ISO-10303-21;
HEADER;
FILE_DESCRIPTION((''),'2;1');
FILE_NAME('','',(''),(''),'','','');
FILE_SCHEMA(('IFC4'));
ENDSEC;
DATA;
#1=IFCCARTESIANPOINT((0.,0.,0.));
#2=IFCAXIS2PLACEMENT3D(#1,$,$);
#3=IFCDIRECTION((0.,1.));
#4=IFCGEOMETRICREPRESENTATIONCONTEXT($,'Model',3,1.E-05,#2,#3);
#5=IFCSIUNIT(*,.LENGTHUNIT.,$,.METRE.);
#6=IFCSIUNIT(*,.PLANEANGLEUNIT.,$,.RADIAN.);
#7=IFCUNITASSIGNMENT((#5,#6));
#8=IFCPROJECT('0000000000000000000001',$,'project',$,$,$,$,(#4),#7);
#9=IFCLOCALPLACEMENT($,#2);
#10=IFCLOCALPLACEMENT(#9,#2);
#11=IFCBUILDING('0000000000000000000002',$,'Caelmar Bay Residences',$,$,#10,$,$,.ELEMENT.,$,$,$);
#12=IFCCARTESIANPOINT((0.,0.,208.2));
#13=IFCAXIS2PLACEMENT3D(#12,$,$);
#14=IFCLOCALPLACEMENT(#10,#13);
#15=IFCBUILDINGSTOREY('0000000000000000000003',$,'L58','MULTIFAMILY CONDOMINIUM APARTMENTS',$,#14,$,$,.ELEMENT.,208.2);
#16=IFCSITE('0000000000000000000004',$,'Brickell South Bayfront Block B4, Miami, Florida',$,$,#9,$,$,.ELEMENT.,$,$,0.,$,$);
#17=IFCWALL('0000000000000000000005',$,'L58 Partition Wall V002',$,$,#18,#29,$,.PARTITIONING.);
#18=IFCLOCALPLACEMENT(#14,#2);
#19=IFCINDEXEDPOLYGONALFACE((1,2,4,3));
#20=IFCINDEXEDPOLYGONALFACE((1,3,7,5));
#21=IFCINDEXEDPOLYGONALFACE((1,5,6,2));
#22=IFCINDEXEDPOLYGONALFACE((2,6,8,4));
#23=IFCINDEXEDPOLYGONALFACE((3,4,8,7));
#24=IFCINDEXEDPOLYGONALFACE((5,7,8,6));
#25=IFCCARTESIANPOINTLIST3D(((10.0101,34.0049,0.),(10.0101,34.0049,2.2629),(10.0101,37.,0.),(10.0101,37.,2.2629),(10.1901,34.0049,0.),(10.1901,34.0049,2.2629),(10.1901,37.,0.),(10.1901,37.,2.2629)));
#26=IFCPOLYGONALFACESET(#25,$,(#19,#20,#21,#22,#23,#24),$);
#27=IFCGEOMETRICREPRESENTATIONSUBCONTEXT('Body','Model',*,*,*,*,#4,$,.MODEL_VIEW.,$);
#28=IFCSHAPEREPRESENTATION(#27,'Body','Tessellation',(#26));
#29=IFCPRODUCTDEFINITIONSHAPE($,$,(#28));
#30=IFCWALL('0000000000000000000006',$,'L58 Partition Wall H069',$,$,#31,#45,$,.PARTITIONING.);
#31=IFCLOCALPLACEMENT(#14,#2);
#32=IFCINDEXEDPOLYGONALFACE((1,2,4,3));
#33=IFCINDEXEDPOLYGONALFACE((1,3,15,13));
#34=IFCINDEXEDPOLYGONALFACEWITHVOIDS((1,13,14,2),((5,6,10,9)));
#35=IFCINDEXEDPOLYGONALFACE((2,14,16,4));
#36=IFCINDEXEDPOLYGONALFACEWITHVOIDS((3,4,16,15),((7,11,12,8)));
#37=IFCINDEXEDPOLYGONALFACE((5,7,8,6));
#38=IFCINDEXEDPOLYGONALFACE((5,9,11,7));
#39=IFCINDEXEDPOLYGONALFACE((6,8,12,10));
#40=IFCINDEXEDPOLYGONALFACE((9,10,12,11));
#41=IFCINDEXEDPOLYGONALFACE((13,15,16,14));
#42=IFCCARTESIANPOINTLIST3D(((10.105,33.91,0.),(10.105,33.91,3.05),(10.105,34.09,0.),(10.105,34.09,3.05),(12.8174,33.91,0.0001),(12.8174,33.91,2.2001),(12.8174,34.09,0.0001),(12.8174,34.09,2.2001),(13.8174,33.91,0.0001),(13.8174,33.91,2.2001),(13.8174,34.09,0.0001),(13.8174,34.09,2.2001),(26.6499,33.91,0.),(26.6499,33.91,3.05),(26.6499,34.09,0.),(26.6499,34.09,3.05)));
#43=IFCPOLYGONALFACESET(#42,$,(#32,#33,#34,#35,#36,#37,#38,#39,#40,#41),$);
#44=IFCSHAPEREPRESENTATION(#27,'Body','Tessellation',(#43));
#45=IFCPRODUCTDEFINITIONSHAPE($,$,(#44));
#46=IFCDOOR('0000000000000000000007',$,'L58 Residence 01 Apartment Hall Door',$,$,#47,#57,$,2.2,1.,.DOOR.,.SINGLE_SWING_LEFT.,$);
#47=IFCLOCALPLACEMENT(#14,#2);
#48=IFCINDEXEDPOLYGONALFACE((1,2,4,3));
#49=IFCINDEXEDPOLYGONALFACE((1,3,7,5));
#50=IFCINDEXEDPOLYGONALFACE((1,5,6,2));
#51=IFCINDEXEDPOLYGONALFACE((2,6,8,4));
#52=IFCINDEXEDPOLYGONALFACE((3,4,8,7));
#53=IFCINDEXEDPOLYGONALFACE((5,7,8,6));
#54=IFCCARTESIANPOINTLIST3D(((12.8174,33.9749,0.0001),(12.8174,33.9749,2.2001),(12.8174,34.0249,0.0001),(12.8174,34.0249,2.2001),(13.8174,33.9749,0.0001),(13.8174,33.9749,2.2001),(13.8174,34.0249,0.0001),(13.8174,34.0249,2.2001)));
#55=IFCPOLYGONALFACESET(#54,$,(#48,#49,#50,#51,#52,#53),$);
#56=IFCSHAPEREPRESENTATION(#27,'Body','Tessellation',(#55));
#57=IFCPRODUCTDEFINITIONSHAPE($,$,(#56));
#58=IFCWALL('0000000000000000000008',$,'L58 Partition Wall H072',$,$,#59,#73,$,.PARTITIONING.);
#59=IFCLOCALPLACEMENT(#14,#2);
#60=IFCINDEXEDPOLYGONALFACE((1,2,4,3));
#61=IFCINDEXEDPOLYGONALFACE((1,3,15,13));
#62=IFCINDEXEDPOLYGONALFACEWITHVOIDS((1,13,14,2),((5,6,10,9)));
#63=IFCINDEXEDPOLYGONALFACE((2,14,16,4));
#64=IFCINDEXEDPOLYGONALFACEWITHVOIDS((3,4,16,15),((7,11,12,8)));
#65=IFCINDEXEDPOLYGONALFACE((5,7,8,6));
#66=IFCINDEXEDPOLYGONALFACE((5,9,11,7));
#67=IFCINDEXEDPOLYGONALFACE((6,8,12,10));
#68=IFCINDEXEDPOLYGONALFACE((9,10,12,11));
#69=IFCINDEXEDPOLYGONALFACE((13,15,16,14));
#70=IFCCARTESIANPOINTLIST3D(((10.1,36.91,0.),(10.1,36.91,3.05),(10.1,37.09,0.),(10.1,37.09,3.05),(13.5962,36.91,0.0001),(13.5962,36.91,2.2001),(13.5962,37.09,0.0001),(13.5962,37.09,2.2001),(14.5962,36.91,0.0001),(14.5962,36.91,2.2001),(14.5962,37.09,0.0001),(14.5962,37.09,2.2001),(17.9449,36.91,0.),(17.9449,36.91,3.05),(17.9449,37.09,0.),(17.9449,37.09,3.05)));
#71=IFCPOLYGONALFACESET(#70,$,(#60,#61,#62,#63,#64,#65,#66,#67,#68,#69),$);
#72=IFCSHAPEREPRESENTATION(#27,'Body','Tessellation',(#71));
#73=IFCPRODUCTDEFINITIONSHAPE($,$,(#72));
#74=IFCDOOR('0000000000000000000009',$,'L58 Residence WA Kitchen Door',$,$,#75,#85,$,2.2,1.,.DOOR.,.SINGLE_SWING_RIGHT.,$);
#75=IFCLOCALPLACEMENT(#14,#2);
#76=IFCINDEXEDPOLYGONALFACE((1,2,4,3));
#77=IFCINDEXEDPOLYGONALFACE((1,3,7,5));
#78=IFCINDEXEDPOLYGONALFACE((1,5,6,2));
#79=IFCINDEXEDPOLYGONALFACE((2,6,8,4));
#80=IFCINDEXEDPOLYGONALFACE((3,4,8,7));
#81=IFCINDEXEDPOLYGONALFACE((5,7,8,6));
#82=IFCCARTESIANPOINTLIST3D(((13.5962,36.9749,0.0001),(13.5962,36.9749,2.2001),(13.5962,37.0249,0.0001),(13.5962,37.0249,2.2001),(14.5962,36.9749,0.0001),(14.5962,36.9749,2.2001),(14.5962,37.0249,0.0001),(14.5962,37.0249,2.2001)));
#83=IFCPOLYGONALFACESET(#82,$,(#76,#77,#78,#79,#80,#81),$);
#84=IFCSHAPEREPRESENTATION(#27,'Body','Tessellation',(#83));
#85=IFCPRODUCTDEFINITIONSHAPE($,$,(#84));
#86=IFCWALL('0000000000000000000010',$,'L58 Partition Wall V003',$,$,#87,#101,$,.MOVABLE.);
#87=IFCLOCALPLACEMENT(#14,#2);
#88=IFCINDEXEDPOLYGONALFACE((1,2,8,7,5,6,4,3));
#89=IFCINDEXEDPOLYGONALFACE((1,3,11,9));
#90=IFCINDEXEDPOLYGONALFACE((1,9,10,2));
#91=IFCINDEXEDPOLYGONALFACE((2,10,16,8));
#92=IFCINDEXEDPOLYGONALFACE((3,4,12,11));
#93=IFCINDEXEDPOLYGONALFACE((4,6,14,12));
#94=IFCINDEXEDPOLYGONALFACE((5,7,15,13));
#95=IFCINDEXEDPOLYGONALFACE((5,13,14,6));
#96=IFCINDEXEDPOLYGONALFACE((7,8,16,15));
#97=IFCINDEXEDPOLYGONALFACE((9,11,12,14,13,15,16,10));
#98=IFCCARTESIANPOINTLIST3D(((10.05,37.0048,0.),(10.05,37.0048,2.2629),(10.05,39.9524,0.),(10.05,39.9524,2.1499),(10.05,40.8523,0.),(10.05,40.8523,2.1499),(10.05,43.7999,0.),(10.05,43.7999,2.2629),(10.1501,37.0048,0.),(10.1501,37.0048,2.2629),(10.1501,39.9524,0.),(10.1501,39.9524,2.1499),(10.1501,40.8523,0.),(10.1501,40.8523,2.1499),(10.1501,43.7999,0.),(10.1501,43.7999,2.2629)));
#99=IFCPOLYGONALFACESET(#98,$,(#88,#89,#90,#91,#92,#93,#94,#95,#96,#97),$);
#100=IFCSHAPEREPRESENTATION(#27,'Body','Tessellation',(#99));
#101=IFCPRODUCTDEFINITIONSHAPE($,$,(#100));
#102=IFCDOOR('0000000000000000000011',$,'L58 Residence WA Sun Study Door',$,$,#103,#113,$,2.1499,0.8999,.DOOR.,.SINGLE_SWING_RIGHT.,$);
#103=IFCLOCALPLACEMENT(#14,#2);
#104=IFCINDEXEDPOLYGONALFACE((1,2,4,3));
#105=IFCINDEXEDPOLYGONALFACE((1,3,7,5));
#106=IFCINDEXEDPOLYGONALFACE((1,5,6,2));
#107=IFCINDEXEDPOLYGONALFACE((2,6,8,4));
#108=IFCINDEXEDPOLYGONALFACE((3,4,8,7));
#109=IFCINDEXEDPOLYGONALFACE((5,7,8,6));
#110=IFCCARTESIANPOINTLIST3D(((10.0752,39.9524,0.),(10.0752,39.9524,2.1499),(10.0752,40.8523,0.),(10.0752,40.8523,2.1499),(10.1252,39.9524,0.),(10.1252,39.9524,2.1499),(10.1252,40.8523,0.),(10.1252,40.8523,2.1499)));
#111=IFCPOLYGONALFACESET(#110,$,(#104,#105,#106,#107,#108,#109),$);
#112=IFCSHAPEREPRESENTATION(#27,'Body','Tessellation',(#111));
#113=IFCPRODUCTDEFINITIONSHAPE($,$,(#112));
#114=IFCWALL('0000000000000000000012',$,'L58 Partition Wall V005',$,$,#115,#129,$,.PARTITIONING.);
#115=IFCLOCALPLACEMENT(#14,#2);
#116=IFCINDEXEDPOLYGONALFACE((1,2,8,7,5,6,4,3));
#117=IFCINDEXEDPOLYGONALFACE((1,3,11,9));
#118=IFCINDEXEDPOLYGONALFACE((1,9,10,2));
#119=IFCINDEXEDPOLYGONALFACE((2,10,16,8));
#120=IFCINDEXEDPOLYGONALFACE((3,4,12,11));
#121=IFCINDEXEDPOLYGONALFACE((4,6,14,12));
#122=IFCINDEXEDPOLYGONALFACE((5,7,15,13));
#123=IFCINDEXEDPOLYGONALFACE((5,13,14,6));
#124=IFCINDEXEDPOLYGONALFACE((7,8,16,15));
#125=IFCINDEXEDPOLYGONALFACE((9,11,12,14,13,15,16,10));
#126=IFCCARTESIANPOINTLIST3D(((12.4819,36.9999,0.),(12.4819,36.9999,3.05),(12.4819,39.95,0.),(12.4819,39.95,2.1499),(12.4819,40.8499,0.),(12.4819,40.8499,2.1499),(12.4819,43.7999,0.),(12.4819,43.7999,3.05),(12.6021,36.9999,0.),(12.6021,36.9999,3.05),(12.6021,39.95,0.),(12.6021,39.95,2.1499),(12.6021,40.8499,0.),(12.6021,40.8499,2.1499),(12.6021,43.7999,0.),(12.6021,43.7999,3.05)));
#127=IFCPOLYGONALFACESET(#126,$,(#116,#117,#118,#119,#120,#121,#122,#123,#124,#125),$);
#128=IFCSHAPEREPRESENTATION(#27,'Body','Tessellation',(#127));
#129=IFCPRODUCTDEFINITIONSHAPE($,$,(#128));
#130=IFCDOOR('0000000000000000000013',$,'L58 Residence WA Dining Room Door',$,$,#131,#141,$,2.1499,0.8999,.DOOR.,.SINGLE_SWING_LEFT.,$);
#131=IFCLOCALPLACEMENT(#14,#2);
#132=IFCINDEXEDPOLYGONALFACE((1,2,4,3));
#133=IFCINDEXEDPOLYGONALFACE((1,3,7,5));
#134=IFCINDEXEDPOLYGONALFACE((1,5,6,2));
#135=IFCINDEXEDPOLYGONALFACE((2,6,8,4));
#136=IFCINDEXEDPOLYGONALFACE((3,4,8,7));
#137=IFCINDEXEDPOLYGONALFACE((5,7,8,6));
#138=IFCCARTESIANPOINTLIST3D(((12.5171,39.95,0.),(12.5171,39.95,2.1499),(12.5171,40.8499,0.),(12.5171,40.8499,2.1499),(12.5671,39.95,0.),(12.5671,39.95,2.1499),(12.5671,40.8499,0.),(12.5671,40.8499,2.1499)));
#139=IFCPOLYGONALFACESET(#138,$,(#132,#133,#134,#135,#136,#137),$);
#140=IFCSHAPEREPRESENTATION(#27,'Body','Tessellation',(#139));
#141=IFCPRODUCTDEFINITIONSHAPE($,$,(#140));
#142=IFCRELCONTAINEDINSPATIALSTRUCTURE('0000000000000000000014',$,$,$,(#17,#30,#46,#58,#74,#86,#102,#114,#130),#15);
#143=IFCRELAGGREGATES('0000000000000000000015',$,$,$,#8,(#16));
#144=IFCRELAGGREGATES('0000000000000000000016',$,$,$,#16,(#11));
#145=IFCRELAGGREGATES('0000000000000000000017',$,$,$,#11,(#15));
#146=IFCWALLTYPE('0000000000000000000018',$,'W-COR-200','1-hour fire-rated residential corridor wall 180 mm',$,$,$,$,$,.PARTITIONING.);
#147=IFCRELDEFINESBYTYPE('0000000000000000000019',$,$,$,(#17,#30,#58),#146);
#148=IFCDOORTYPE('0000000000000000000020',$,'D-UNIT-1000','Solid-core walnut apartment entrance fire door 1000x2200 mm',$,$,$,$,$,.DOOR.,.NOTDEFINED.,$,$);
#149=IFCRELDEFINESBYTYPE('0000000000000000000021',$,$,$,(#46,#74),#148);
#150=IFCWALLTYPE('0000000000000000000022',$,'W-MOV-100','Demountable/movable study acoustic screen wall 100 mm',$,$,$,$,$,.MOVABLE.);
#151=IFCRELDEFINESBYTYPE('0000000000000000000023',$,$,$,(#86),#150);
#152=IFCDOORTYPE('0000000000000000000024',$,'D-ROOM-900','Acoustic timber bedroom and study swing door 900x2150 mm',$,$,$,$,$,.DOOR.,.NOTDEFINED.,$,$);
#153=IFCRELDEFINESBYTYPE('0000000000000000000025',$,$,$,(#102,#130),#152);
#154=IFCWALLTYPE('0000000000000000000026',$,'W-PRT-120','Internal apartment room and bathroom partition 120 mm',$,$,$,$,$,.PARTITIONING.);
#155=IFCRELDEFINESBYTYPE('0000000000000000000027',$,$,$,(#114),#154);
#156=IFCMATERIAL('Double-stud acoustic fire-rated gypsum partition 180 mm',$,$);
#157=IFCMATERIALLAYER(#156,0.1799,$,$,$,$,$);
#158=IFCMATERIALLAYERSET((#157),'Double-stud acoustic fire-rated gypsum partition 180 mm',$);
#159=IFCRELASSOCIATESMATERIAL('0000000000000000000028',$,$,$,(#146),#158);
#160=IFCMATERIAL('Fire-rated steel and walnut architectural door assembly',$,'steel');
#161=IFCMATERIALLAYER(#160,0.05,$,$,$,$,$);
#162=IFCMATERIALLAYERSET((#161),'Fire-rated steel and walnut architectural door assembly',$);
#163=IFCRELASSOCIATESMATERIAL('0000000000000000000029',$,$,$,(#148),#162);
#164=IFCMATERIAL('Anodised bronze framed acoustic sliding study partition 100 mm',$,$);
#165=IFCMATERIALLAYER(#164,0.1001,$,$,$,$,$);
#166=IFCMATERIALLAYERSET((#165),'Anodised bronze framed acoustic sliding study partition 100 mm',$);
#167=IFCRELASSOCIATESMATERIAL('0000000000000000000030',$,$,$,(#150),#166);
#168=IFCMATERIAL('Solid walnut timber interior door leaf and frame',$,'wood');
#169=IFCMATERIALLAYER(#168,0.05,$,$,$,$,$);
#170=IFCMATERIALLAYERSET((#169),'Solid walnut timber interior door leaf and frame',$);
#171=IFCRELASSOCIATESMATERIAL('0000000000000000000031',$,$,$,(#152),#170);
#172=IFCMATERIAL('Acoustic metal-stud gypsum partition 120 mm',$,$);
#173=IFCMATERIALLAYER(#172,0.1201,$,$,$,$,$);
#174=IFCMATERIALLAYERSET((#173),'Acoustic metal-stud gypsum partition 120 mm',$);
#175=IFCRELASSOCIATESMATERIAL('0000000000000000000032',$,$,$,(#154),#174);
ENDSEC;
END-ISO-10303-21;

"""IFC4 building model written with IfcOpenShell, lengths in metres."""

from ifc_helpers import new_model, si_unit, direction, frame, frame_2d, origin, place, context, subcontext, project, spatial, rectangle, extrude, material, layer, layer_set, type_object, element, fill, save


model = new_model("IFC4")

# Units and contexts
model_context = context("Model", 3, precision=1e-05, world=origin(), true_north=direction((0.0, 1.0)))
body_context = subcontext(model_context, "Body", "Model", "MODEL_VIEW")
ifc_project = project(units=[si_unit("LENGTHUNIT", "METRE"), si_unit("PLANEANGLEUNIT", "RADIAN")], contexts=[model_context])

# Site, building, storey
site_placement = place(None, origin())
site = spatial("IfcSite", under=ifc_project, at=site_placement, Name="Brickell South Bayfront Block B4, Miami, Florida", CompositionType="ELEMENT", RefElevation=0.0)
building_placement = place(site_placement, origin())
building = spatial("IfcBuilding", under=site, at=building_placement, Name="Caelmar Bay Residences", CompositionType="ELEMENT")
storey_placement = place(building_placement, frame((0.0, 0.0, 208.2)))
storey = spatial("IfcBuildingStorey", under=building, at=storey_placement, Name="L58", Description="MULTIFAMILY CONDOMINIUM APARTMENTS", CompositionType="ELEMENT", Elevation=208.2)

# Shared definitions
ifc_material_1 = material(Name="Fire-rated steel and walnut architectural door assembly", Category="steel")

# Wall
ifc_material_2 = material(Name="Double-stud acoustic fire-rated gypsum partition 180 mm")
ifc_layer_1 = layer(ifc_material_2, 0.1799)
ifc_layer_set_1 = layer_set([ifc_layer_1], Name="Double-stud acoustic fire-rated gypsum partition 180 mm")
wall_type_1 = type_object("IfcWallType", Name="W-COR-200", Description="1-hour fire-rated residential corridor wall 180 mm", PredefinedType="PARTITIONING", material=ifc_layer_set_1)
wall_1_placement = place(storey_placement, frame((10.1001, 34.0049, 0.0), z_axis=(0.0, 0.0, 1.0), x_axis=(0.0, 1.0, 0.0)))
element("IfcWall", 1, at=wall_1_placement, inside=storey, type_object=wall_type_1, Name="L58 Partition Wall V002", PredefinedType="PARTITIONING", context=body_context, shape_type="SweptSolid", body=[
    extrude(rectangle(XDim=2.9951, YDim=0.1799, at=frame_2d((1.4976, 0.0))), origin(), (0.0, 0.0, 1.0), 2.2629),
])

# Walls, openings, doors
wall_2_placement = place(storey_placement, frame((10.105, 34.0, 0.0), z_axis=(0.0, 0.0, 1.0), x_axis=(1.0, 0.0, 0.0)))
wall_2 = element("IfcWall", 2, at=wall_2_placement, inside=storey, type_object=wall_type_1, Name="L58 Partition Wall H069", PredefinedType="PARTITIONING", context=body_context, shape_type="SweptSolid", body=[
    extrude(rectangle(XDim=16.5449, YDim=0.1799, at=frame_2d((8.2725, 0.0))), origin(), (0.0, 0.0, 1.0), 3.05),
])
opening_1_placement = place(wall_2_placement, frame((2.7124, 0.0, 0.0)))
opening_1 = element("IfcOpeningElement", 3, at=opening_1_placement, cuts=wall_2, PredefinedType="OPENING", context=body_context, shape_type="SweptSolid", body=[
    extrude(rectangle(XDim=1.0, YDim=2.2, at=frame_2d((0.5, 1.1001))), frame((0.0, 0.0999, 0.0), z_axis=(0.0, -1.0, 0.0), x_axis=(1.0, 0.0, 0.0)), (0.0, 0.0, 1.0), 0.2),
])
ifc_layer_2 = layer(ifc_material_1, 0.05)
ifc_layer_set_2 = layer_set([ifc_layer_2], Name="Fire-rated steel and walnut architectural door assembly")
door_type_1 = type_object("IfcDoorType", Name="D-UNIT-1000", Description="Solid-core walnut apartment entrance fire door 1000x2200 mm", OperationType="NOTDEFINED", PredefinedType="DOOR", material=ifc_layer_set_2)
door_1_placement = place(opening_1_placement, origin())
door_1 = element("IfcDoor", 4, at=door_1_placement, inside=storey, type_object=door_type_1, Name="L58 Residence 01 Apartment Hall Door", OperationType="SINGLE_SWING_LEFT", OverallHeight=2.2, OverallWidth=1.0, PredefinedType="DOOR", context=body_context, shape_type="SweptSolid", body=[
    extrude(rectangle(XDim=1.0, YDim=2.2, at=frame_2d((0.5, 1.1001))), frame((0.0, 0.0249, 0.0), z_axis=(0.0, -1.0, 0.0), x_axis=(1.0, 0.0, 0.0)), (0.0, 0.0, 1.0), 0.05),
])
fill(opening_1, door_1)
wall_3_placement = place(storey_placement, frame((10.1001, 37.0, 0.0), z_axis=(0.0, 0.0, 1.0), x_axis=(1.0, 0.0, 0.0)))
wall_3 = element("IfcWall", 5, at=wall_3_placement, inside=storey, type_object=wall_type_1, Name="L58 Partition Wall H072", PredefinedType="PARTITIONING", context=body_context, shape_type="SweptSolid", body=[
    extrude(rectangle(XDim=7.845, YDim=0.1799, at=frame_2d((3.9224, 0.0))), origin(), (0.0, 0.0, 1.0), 3.05),
])
opening_2_placement = place(wall_3_placement, frame((3.4961, 0.0, 0.0)))
opening_2 = element("IfcOpeningElement", 6, at=opening_2_placement, cuts=wall_3, PredefinedType="OPENING", context=body_context, shape_type="SweptSolid", body=[
    extrude(rectangle(XDim=1.0, YDim=2.2, at=frame_2d((0.5, 1.1001))), frame((0.0, 0.0999, 0.0), z_axis=(0.0, -1.0, 0.0), x_axis=(1.0, 0.0, 0.0)), (0.0, 0.0, 1.0), 0.2),
])
door_2_placement = place(opening_2_placement, origin())
door_2 = element("IfcDoor", 7, at=door_2_placement, inside=storey, type_object=door_type_1, Name="L58 Residence WA Kitchen Door", OperationType="SINGLE_SWING_RIGHT", OverallHeight=2.2, OverallWidth=1.0, PredefinedType="DOOR", context=body_context, shape_type="SweptSolid", body=[
    extrude(rectangle(XDim=1.0, YDim=2.2, at=frame_2d((0.5, 1.1001))), frame((0.0, 0.0249, 0.0), z_axis=(0.0, -1.0, 0.0), x_axis=(1.0, 0.0, 0.0)), (0.0, 0.0, 1.0), 0.05),
])
fill(opening_2, door_2)
ifc_material_3 = material(Name="Anodised bronze framed acoustic sliding study partition 100 mm")
ifc_layer_3 = layer(ifc_material_3, 0.1001)
ifc_layer_set_3 = layer_set([ifc_layer_3], Name="Anodised bronze framed acoustic sliding study partition 100 mm")
wall_type_2 = type_object("IfcWallType", Name="W-MOV-100", Description="Demountable/movable study acoustic screen wall 100 mm", PredefinedType="MOVABLE", material=ifc_layer_set_3)
wall_4_placement = place(storey_placement, frame((10.1001, 37.0049, 0.0), z_axis=(0.0, 0.0, 1.0), x_axis=(0.0, 1.0, 0.0)))
wall_4 = element("IfcWall", 8, at=wall_4_placement, inside=storey, type_object=wall_type_2, Name="L58 Partition Wall V003", PredefinedType="MOVABLE", context=body_context, shape_type="SweptSolid", body=[
    extrude(rectangle(XDim=6.7952, YDim=0.1001, at=frame_2d((3.3975, 0.0))), origin(), (0.0, 0.0, 1.0), 2.2629),
])
opening_3_placement = place(wall_4_placement, frame((2.9475, 0.0, 0.0)))
opening_3 = element("IfcOpeningElement", 9, at=opening_3_placement, cuts=wall_4, PredefinedType="OPENING", context=body_context, shape_type="SweptSolid", body=[
    extrude(rectangle(XDim=0.8999, YDim=2.1499, at=frame_2d((0.45, 1.075))), frame((0.0, 0.0601, 0.0), z_axis=(0.0, -1.0, 0.0), x_axis=(1.0, 0.0, 0.0)), (0.0, 0.0, 1.0), 0.1201),
])
ifc_material_4 = material(Name="Solid walnut timber interior door leaf and frame", Category="wood")
ifc_layer_4 = layer(ifc_material_4, 0.05)
ifc_layer_set_4 = layer_set([ifc_layer_4], Name="Solid walnut timber interior door leaf and frame")
door_type_2 = type_object("IfcDoorType", Name="D-ROOM-900", Description="Acoustic timber bedroom and study swing door 900x2150 mm", OperationType="NOTDEFINED", PredefinedType="DOOR", material=ifc_layer_set_4)
door_3_placement = place(opening_3_placement, origin())
door_3 = element("IfcDoor", 10, at=door_3_placement, inside=storey, type_object=door_type_2, Name="L58 Residence WA Sun Study Door", OperationType="SINGLE_SWING_RIGHT", OverallHeight=2.1499, OverallWidth=0.8999, PredefinedType="DOOR", context=body_context, shape_type="SweptSolid", body=[
    extrude(rectangle(XDim=0.8999, YDim=2.1499, at=frame_2d((0.45, 1.075))), frame((0.0, 0.0249, 0.0), z_axis=(0.0, -1.0, 0.0), x_axis=(1.0, 0.0, 0.0)), (0.0, 0.0, 1.0), 0.05),
])
fill(opening_3, door_3)
ifc_material_5 = material(Name="Acoustic metal-stud gypsum partition 120 mm")
ifc_layer_5 = layer(ifc_material_5, 0.1201)
ifc_layer_set_5 = layer_set([ifc_layer_5], Name="Acoustic metal-stud gypsum partition 120 mm")
wall_type_3 = type_object("IfcWallType", Name="W-PRT-120", Description="Internal apartment room and bathroom partition 120 mm", PredefinedType="PARTITIONING", material=ifc_layer_set_5)
wall_5_placement = place(storey_placement, frame((12.542, 37.0, 0.0), z_axis=(0.0, 0.0, 1.0), x_axis=(0.0, 1.0, 0.0)))
wall_5 = element("IfcWall", 11, at=wall_5_placement, inside=storey, type_object=wall_type_3, Name="L58 Partition Wall V005", PredefinedType="PARTITIONING", context=body_context, shape_type="SweptSolid", body=[
    extrude(rectangle(XDim=6.8, YDim=0.1201, at=frame_2d((3.3999, 0.0))), origin(), (0.0, 0.0, 1.0), 3.05),
])
opening_4_placement = place(wall_5_placement, frame((2.95, 0.0, 0.0)))
opening_4 = element("IfcOpeningElement", 12, at=opening_4_placement, cuts=wall_5, PredefinedType="OPENING", context=body_context, shape_type="SweptSolid", body=[
    extrude(rectangle(XDim=0.8999, YDim=2.1499, at=frame_2d((0.45, 1.075))), frame((0.0, 0.0701, 0.0), z_axis=(0.0, -1.0, 0.0), x_axis=(1.0, 0.0, 0.0)), (0.0, 0.0, 1.0), 0.1401),
])
door_4_placement = place(opening_4_placement, origin())
door_4 = element("IfcDoor", 13, at=door_4_placement, inside=storey, type_object=door_type_2, Name="L58 Residence WA Dining Room Door", OperationType="SINGLE_SWING_LEFT", OverallHeight=2.1499, OverallWidth=0.8999, PredefinedType="DOOR", context=body_context, shape_type="SweptSolid", body=[
    extrude(rectangle(XDim=0.8999, YDim=2.1499, at=frame_2d((0.45, 1.075))), frame((0.0, 0.0249, 0.0), z_axis=(0.0, -1.0, 0.0), x_axis=(1.0, 0.0, 0.0)), (0.0, 0.0, 1.0), 0.05),
])
fill(opening_4, door_4)

save(model, "model.ifc")
